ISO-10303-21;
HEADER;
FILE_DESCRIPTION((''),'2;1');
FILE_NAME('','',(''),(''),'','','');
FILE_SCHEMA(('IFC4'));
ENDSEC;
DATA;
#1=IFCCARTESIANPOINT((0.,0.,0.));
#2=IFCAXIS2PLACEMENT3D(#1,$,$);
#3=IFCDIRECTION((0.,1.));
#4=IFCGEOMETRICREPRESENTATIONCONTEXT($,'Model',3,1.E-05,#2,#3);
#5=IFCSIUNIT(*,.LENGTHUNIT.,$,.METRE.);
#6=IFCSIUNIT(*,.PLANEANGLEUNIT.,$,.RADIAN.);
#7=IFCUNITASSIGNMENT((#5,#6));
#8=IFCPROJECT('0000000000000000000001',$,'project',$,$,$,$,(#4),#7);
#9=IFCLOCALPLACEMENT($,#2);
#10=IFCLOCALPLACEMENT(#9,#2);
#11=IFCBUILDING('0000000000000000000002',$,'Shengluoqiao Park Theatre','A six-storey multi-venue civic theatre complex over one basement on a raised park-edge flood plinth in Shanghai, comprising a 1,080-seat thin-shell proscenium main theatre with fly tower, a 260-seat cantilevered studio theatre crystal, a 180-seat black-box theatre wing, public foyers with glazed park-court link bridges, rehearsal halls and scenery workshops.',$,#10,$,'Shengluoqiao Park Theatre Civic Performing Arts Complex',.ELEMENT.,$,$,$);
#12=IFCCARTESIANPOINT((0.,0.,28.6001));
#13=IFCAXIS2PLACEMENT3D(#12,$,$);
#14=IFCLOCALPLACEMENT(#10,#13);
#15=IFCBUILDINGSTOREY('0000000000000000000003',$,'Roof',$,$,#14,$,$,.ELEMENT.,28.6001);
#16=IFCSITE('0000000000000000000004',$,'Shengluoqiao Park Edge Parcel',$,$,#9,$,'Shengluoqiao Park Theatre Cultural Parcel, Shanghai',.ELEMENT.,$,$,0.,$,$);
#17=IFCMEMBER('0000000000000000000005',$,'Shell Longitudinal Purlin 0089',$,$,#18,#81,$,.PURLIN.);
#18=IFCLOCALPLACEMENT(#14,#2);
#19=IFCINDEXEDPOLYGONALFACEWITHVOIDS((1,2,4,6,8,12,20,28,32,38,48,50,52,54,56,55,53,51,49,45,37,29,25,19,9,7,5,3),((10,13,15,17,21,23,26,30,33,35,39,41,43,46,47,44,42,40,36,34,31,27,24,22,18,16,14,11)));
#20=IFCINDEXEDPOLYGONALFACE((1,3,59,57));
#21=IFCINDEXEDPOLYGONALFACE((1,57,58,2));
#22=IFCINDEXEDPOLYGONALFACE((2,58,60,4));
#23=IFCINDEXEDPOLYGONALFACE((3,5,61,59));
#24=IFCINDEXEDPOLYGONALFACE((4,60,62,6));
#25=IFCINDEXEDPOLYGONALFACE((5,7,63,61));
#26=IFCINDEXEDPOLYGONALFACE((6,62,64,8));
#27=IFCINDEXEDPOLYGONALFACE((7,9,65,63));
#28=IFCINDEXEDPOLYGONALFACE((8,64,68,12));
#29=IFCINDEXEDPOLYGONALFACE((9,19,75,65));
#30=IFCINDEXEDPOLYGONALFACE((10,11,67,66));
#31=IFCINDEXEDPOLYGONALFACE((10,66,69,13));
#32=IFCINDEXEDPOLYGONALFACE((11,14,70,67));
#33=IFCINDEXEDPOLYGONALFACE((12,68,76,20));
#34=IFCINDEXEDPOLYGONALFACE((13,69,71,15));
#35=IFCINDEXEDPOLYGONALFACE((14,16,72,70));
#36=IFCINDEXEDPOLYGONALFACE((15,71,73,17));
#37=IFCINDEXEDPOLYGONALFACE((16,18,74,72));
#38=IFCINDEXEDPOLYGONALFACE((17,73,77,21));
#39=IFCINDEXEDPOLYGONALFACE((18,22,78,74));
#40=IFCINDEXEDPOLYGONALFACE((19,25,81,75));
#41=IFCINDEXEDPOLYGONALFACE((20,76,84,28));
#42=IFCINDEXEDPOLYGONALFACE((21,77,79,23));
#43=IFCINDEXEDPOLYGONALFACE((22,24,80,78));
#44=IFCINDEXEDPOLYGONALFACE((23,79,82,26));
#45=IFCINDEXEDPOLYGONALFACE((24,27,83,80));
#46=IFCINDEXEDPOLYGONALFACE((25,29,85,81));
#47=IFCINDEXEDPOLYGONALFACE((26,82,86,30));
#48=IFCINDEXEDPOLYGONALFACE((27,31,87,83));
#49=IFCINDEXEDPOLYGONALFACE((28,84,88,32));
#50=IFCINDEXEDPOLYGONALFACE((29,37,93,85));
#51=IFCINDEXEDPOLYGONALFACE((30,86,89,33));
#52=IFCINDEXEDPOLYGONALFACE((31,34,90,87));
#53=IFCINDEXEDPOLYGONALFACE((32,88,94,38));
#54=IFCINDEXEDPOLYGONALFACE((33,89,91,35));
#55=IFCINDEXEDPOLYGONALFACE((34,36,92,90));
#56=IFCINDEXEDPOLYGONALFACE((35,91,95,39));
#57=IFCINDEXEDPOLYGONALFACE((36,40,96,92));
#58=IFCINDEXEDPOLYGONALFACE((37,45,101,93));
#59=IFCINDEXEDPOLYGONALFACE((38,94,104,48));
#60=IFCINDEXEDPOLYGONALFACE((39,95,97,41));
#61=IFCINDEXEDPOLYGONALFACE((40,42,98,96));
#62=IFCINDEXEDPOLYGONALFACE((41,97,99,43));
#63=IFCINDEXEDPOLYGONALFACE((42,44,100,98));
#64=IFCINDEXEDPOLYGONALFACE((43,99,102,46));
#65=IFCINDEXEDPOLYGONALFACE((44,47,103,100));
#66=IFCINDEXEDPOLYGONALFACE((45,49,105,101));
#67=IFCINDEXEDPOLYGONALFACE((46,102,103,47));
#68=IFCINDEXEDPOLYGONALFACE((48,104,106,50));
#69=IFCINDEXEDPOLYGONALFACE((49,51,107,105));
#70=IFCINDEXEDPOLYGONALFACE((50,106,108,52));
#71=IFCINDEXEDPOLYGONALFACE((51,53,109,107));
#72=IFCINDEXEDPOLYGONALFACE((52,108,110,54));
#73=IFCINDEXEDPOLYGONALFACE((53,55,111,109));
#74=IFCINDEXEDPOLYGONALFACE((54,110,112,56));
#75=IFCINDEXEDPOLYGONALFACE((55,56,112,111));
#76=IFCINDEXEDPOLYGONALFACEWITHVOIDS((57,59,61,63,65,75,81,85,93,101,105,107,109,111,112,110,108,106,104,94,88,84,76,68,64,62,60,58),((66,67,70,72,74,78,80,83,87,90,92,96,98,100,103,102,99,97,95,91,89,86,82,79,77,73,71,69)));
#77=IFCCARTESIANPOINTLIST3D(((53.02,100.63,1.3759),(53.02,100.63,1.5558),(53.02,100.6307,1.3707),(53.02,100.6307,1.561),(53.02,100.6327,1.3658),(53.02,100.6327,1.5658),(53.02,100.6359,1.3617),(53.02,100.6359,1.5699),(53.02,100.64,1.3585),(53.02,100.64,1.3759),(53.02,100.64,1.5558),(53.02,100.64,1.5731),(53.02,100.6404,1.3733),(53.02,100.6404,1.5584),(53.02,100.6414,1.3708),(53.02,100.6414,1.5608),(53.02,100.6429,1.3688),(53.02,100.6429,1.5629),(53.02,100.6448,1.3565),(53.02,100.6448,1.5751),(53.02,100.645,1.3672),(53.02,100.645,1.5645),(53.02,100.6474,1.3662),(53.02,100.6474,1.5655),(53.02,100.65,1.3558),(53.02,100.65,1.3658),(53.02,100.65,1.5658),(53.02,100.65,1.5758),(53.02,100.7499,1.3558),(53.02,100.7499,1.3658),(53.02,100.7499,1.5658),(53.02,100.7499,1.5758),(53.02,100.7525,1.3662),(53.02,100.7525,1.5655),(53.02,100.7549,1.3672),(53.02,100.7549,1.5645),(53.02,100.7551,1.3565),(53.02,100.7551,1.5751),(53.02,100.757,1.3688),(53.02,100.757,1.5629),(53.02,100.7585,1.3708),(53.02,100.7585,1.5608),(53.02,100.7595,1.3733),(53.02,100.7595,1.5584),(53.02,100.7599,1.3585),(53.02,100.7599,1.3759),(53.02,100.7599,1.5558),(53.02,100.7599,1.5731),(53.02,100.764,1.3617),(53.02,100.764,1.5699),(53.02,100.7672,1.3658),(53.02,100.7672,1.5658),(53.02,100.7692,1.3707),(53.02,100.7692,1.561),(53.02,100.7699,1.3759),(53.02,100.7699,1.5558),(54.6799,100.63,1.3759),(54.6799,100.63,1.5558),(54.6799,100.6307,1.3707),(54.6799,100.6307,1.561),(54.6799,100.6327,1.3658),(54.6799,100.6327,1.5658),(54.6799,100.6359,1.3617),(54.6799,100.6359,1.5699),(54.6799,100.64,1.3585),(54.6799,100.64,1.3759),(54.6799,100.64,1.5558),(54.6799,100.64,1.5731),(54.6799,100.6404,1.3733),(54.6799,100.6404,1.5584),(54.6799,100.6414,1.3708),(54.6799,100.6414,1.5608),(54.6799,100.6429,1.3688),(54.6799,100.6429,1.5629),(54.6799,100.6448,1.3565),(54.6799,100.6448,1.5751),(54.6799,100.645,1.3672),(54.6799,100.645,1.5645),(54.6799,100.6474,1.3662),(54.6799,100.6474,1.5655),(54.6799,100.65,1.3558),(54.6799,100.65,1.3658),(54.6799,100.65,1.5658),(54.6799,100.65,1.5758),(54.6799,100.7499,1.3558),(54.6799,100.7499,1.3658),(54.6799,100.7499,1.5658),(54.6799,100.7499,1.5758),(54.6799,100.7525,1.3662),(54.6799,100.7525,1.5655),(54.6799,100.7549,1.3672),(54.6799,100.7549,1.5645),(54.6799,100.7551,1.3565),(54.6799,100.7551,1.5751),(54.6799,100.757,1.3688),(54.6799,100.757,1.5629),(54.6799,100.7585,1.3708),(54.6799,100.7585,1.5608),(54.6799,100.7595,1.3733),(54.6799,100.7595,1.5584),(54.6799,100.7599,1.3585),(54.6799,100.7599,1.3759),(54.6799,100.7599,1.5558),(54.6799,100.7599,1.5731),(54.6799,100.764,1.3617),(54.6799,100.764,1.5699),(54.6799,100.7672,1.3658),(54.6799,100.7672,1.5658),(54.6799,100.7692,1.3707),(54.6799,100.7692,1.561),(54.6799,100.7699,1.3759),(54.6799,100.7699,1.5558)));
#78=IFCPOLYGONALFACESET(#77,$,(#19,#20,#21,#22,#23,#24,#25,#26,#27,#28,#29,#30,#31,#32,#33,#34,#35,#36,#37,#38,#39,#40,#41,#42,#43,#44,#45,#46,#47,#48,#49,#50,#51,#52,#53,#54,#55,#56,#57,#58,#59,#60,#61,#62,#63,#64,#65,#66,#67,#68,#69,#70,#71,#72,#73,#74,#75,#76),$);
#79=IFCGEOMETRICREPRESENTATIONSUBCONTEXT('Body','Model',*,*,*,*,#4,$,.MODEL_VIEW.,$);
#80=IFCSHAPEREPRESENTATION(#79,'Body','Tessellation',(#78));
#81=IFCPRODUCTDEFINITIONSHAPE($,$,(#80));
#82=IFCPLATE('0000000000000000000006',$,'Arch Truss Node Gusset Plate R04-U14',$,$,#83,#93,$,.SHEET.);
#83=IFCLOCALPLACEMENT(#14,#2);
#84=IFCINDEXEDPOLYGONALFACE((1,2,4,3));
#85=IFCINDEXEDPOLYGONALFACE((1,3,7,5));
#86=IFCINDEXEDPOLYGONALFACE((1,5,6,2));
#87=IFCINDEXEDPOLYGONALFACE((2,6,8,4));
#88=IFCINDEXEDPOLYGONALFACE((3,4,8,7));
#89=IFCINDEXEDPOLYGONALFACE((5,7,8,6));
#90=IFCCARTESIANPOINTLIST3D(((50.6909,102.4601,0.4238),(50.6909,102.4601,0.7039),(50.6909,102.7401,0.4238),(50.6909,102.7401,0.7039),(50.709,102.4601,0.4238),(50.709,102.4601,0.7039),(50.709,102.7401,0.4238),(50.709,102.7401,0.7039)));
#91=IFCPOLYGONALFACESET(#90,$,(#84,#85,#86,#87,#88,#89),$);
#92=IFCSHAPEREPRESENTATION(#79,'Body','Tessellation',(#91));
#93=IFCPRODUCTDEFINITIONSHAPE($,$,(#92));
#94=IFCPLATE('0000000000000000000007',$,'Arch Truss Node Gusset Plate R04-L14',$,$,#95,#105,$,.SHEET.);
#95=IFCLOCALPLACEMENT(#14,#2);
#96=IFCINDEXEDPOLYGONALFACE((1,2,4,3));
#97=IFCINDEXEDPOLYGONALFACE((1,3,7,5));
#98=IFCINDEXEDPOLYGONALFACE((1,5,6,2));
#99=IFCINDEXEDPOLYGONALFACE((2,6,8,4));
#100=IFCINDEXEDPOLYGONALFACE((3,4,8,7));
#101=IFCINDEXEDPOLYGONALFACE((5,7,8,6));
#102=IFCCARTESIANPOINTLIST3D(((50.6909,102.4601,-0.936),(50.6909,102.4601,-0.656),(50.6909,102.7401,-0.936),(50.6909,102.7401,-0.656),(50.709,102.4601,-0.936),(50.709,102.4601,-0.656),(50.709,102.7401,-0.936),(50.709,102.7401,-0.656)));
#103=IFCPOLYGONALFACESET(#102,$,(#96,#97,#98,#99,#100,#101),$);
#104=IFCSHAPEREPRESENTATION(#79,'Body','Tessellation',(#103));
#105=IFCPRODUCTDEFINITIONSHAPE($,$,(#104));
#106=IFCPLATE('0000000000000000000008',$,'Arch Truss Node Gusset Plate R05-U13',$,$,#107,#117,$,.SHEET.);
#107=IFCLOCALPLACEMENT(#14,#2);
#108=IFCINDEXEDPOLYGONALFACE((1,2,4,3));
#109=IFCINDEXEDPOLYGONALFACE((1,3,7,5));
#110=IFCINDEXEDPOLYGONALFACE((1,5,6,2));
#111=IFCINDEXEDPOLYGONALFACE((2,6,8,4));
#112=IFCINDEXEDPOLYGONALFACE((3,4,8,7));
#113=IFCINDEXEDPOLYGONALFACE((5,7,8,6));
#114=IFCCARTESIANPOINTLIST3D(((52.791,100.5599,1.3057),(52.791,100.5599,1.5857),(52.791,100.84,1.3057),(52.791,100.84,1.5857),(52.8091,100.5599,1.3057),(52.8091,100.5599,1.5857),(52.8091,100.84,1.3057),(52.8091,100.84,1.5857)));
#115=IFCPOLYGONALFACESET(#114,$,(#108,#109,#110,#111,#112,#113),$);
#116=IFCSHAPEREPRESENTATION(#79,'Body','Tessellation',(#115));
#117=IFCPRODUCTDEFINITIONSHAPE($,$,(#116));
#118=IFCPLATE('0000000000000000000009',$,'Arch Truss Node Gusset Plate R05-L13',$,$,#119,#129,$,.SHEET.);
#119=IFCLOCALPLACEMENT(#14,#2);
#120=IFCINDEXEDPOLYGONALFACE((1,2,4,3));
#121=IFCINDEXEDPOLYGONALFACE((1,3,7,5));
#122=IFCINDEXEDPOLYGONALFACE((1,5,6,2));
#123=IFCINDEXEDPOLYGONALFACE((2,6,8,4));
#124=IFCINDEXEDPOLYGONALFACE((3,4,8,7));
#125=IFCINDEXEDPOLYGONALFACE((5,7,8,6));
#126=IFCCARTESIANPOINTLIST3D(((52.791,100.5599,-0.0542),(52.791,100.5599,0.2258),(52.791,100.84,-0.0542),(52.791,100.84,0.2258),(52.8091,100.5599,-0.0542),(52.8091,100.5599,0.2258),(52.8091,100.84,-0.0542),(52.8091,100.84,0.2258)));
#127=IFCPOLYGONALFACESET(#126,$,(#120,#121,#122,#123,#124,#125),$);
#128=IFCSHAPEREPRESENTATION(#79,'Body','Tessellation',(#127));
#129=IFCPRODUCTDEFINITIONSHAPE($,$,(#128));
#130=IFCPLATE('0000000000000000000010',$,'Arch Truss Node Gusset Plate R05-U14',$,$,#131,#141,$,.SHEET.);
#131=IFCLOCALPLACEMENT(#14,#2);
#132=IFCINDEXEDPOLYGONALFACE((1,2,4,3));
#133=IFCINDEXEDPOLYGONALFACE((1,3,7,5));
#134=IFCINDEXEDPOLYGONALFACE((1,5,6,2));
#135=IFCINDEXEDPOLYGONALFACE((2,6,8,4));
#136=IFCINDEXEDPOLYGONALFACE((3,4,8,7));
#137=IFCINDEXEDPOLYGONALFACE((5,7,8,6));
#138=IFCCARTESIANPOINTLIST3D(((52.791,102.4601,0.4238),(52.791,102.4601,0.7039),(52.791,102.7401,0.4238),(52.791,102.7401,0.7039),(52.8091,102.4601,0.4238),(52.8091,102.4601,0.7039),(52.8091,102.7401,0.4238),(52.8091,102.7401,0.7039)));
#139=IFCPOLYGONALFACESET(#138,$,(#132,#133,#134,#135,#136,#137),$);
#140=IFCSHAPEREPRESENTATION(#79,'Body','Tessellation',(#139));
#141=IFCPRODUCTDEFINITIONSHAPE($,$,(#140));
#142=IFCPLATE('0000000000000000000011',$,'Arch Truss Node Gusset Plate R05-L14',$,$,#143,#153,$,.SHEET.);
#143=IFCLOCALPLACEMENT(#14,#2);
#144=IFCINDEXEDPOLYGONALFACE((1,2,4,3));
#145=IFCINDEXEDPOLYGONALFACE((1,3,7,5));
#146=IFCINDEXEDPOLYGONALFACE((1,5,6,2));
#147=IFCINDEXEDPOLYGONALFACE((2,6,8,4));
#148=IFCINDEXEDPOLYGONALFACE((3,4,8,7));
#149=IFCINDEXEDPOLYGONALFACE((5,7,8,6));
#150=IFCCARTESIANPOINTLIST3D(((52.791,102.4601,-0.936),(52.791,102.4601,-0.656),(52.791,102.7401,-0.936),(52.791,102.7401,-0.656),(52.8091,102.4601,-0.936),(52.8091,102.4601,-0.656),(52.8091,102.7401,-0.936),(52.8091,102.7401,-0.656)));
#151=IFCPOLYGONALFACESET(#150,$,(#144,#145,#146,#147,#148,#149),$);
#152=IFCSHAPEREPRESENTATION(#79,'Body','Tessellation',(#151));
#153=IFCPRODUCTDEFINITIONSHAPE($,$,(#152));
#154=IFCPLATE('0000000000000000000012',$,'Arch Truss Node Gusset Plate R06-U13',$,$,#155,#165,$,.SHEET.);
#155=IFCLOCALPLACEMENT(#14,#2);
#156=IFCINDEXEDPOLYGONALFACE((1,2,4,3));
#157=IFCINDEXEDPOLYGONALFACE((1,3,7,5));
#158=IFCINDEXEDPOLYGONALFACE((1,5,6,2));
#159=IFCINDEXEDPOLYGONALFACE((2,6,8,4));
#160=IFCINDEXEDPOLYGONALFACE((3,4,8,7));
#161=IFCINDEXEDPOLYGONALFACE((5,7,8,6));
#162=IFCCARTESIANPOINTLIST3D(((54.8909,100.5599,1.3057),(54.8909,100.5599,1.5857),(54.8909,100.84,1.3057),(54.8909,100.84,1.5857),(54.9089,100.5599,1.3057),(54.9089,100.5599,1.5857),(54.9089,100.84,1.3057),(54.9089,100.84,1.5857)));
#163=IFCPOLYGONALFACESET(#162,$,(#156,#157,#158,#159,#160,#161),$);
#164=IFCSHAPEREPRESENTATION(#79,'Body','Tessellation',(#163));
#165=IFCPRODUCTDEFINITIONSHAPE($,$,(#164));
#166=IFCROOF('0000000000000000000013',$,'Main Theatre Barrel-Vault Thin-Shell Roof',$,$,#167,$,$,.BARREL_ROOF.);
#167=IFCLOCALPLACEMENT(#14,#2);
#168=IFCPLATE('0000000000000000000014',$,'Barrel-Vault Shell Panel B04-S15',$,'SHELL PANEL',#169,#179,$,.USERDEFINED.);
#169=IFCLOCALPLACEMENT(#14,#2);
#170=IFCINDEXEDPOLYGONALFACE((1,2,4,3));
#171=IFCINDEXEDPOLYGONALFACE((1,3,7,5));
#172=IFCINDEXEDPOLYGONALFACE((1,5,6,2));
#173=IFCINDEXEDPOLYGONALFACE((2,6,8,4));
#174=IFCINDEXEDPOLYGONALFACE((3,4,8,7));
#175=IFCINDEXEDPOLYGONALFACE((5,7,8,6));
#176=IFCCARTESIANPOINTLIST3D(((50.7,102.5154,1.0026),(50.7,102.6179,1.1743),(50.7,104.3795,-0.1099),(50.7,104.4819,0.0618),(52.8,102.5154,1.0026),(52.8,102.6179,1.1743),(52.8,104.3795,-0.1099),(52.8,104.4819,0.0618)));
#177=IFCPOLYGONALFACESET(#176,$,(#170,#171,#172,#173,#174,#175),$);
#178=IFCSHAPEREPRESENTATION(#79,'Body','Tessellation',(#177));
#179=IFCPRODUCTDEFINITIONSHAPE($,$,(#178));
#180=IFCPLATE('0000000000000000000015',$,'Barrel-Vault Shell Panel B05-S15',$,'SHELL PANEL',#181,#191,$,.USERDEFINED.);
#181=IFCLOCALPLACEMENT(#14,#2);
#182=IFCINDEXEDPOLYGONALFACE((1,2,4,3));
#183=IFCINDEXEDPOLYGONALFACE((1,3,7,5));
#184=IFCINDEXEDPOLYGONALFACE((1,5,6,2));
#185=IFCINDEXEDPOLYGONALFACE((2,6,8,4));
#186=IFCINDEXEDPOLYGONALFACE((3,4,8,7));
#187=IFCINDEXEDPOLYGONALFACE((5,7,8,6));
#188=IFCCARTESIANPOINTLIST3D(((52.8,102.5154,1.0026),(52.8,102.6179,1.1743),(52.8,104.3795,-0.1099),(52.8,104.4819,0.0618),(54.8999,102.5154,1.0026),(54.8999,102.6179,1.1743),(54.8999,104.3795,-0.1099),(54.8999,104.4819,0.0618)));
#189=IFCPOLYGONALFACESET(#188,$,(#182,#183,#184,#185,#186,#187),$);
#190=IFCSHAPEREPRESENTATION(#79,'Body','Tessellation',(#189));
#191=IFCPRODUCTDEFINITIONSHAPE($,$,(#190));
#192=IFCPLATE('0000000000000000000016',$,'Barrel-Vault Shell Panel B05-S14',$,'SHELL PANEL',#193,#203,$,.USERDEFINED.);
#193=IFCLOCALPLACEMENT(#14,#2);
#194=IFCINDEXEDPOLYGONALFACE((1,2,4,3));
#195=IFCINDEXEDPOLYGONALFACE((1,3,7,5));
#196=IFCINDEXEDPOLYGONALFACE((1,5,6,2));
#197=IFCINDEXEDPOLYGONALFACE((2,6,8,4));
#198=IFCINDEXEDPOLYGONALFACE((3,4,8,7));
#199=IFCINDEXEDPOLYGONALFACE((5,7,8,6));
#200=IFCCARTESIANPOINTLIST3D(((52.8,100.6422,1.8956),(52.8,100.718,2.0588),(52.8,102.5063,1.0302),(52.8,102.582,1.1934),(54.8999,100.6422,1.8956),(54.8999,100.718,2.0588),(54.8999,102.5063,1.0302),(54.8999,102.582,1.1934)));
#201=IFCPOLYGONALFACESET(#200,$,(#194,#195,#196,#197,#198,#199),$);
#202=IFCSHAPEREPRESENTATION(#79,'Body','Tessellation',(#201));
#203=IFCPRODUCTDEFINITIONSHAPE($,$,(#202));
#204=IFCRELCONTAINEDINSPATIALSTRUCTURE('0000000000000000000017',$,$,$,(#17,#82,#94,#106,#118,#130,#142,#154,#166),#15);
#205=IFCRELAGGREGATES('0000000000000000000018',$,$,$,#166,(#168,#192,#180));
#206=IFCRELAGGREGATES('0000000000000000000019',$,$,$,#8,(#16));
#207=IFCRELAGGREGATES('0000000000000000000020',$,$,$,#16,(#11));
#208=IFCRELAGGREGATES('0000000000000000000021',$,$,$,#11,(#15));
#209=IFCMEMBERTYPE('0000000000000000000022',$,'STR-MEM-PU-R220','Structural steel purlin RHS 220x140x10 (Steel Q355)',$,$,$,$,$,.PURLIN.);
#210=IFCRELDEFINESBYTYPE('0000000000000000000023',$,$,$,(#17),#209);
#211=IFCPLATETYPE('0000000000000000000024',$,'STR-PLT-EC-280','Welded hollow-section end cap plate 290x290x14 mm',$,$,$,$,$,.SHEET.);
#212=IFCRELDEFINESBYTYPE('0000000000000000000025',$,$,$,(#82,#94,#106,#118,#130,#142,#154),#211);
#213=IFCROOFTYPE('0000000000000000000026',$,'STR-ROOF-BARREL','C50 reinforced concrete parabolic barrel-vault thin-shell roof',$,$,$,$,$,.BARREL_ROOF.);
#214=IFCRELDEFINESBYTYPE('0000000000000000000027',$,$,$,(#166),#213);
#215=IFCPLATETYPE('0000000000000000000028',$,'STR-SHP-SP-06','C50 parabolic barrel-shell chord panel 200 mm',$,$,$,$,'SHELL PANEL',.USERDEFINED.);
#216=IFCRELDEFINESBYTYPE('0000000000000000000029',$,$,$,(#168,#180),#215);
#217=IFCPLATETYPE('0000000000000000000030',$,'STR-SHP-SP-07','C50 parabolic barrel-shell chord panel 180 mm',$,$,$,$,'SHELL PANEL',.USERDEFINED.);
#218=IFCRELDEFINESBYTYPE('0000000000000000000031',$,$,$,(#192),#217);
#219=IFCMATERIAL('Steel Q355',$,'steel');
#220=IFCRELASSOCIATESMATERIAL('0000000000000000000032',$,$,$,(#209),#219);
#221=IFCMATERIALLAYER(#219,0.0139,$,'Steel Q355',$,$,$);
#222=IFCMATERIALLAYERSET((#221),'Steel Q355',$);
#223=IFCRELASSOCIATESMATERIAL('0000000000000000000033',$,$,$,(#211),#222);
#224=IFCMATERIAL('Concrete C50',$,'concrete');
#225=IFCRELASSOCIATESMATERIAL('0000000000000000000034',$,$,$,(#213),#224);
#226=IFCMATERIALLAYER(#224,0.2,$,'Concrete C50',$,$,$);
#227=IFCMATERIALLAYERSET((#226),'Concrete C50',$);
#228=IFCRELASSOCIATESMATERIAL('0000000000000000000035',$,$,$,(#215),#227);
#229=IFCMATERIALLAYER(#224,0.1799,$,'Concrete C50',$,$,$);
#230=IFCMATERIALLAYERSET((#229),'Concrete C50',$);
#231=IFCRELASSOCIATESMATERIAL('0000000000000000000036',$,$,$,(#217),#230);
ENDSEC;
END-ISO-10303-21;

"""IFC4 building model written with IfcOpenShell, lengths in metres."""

from ifc_helpers import new_model, si_unit, direction, frame, origin, origin_2d, place, context, subcontext, project, spatial, polyline, rectangle, hollow_rectangle, outline, extrude, material, layer, layer_set, material_profile, profile_set, type_object, element, aggregate, save


model = new_model("IFC4")

# Units and contexts
model_context = context("Model", 3, precision=1e-05, world=origin(), true_north=direction((0.0, 1.0)))
body_context = subcontext(model_context, "Body", "Model", "MODEL_VIEW")
ifc_project = project(units=[si_unit("LENGTHUNIT", "METRE"), si_unit("PLANEANGLEUNIT", "RADIAN")], contexts=[model_context])

# Site, building, storey
site_placement = place(None, origin())
site = spatial("IfcSite", under=ifc_project, at=site_placement, Name="Shengluoqiao Park Edge Parcel", LongName="Shengluoqiao Park Theatre Cultural Parcel, Shanghai", CompositionType="ELEMENT", RefElevation=0.0)
building_placement = place(site_placement, origin())
building = spatial("IfcBuilding", under=site, at=building_placement, Name="Shengluoqiao Park Theatre", Description="A six-storey multi-venue civic theatre complex over one basement on a raised park-edge flood plinth in Shanghai, comprising a 1,080-seat thin-shell proscenium main theatre with fly tower, a 260-seat cantilevered studio theatre crystal, a 180-seat black-box theatre wing, public foyers with glazed park-court link bridges, rehearsal halls and scenery workshops.", LongName="Shengluoqiao Park Theatre Civic Performing Arts Complex", CompositionType="ELEMENT")
storey_placement = place(building_placement, frame((0.0, 0.0, 28.6001)))
storey = spatial("IfcBuildingStorey", under=building, at=storey_placement, Name="Roof", CompositionType="ELEMENT", Elevation=28.6001)

# Shared definitions
ifc_material_1 = material(Name="Concrete C50", Category="concrete")
ifc_material_2 = material(Name="Steel Q355", Category="steel")

# Member
ifc_material_profile_1 = material_profile(ifc_material_2, hollow_rectangle(XDim=0.1399, YDim=0.22, WallThickness=0.01, InnerFilletRadius=0.01, OuterFilletRadius=0.02, at=origin_2d()), Name="RHS 220x140x10")
ifc_profile_set_1 = profile_set([ifc_material_profile_1], Name="Steel Q355")
member_type_1 = type_object("IfcMemberType", Name="STR-MEM-PU-R220", Description="Structural steel purlin RHS 220x140x10 (Steel Q355)", PredefinedType="PURLIN", material=ifc_profile_set_1)
member_1_placement = place(storey_placement, frame((53.02, 100.7, 1.4658), z_axis=(1.0, 0.0, 0.0), x_axis=(0.0, 1.0, 0.0)))
element("IfcMember", 1, at=member_1_placement, inside=storey, type_object=member_type_1, Name="Shell Longitudinal Purlin 0089", PredefinedType="PURLIN", context=body_context, shape_type="SweptSolid", body=[
    extrude(hollow_rectangle(XDim=0.1399, YDim=0.22, WallThickness=0.01, InnerFilletRadius=0.01, OuterFilletRadius=0.02, at=origin_2d()), origin(), (0.0, 0.0, 1.0), 1.6599),
])

# Plates
ifc_layer_1 = layer(ifc_material_2, 0.0139, Name="Steel Q355")
ifc_layer_set_1 = layer_set([ifc_layer_1], Name="Steel Q355")
plate_type_1 = type_object("IfcPlateType", Name="STR-PLT-EC-280", Description="Welded hollow-section end cap plate 290x290x14 mm", PredefinedType="SHEET", material=ifc_layer_set_1)
for number, where, z_axis, x_axis, name in (
    (2, (50.7, 102.6001, 0.4238), (0.0, 0.0, 1.0), (1.0, 0.0, 0.0), "Arch Truss Node Gusset Plate R04-U14"),
    (3, (50.7, 102.6001, -0.936), (0.0, 0.0, 1.0), (1.0, 0.0, 0.0), "Arch Truss Node Gusset Plate R04-L14"),
    (4, (52.8, 100.7, 1.3057), (0.0, 0.0, 1.0), (1.0, 0.0, 0.0), "Arch Truss Node Gusset Plate R05-U13"),
    (5, (52.8, 100.7, -0.0542), (0.0, 0.0, 1.0), (1.0, 0.0, 0.0), "Arch Truss Node Gusset Plate R05-L13"),
    (6, (52.8, 102.6001, 0.4238), (0.0, 0.0, 1.0), (1.0, 0.0, 0.0), "Arch Truss Node Gusset Plate R05-U14"),
    (7, (52.8, 102.6001, -0.936), (0.0, 0.0, 1.0), (1.0, 0.0, 0.0), "Arch Truss Node Gusset Plate R05-L14"),
    (8, (54.8999, 100.7, 1.3057), (0.0, 0.0, 1.0), (1.0, 0.0, 0.0), "Arch Truss Node Gusset Plate R06-U13"),
):
    element("IfcPlate", number, at=place(storey_placement, frame(where, z_axis=z_axis, x_axis=x_axis)), inside=storey, type_object=plate_type_1, Name=name, PredefinedType="SHEET", context=body_context, shape_type="SweptSolid", body=[
        extrude(rectangle(XDim=0.0181, YDim=0.28, at=origin_2d()), origin(), (0.0, 0.0, 1.0), 0.28),
    ])

# Roof, plates
roof_type = type_object("IfcRoofType", Name="STR-ROOF-BARREL", Description="C50 reinforced concrete parabolic barrel-vault thin-shell roof", PredefinedType="BARREL_ROOF", material=ifc_material_1)
roof_placement = place(storey_placement, origin())
roof = element("IfcRoof", 9, at=roof_placement, inside=storey, type_object=roof_type, Name="Main Theatre Barrel-Vault Thin-Shell Roof", PredefinedType="BARREL_ROOF")
ifc_layer_2 = layer(ifc_material_1, 0.2, Name="Concrete C50")
ifc_layer_set_2 = layer_set([ifc_layer_2], Name="Concrete C50")
plate_type_2 = type_object("IfcPlateType", Name="STR-SHP-SP-06", Description="C50 parabolic barrel-shell chord panel 200 mm", ElementType="SHELL PANEL", PredefinedType="USERDEFINED", material=ifc_layer_set_2)
plate_1_placement = place(storey_placement, frame((50.7, 102.6179, 1.1743), z_axis=(0.0, 0.51251, 0.858681), x_axis=(1.0, 0.0, 0.0)))
plate_1 = element("IfcPlate", 10, at=plate_1_placement, type_object=plate_type_2, Name="Barrel-Vault Shell Panel B04-S15", ObjectType="SHELL PANEL", PredefinedType="USERDEFINED", context=body_context, shape_type="SweptSolid", body=[
    extrude(outline(polyline([(0.0, 0.0), (2.1001, 0.0), (2.1001, 2.1708), (0.0, 2.1708), (0.0, 0.0)])), origin(), (0.0, 0.0, -1.0), 0.2),
])
plate_2_placement = place(storey_placement, frame((52.8, 102.6179, 1.1743), z_axis=(0.0, 0.51251, 0.858681), x_axis=(1.0, 0.0, 0.0)))
plate_2 = element("IfcPlate", 11, at=plate_2_placement, type_object=plate_type_2, Name="Barrel-Vault Shell Panel B05-S15", ObjectType="SHELL PANEL", PredefinedType="USERDEFINED", context=body_context, shape_type="SweptSolid", body=[
    extrude(outline(polyline([(0.0, 0.0), (2.0999, 0.0), (2.0999, 2.1708), (0.0, 2.1708), (0.0, 0.0)])), origin(), (0.0, 0.0, -1.0), 0.2),
])
ifc_layer_3 = layer(ifc_material_1, 0.1799, Name="Concrete C50")
ifc_layer_set_3 = layer_set([ifc_layer_3], Name="Concrete C50")
plate_type_3 = type_object("IfcPlateType", Name="STR-SHP-SP-07", Description="C50 parabolic barrel-shell chord panel 180 mm", ElementType="SHELL PANEL", PredefinedType="USERDEFINED", material=ifc_layer_set_3)
plate_3_placement = place(storey_placement, frame((52.8, 100.718, 2.0588), z_axis=(0.0, 0.421129, 0.907001), x_axis=(1.0, 0.0, 0.0)))
plate_3 = element("IfcPlate", 12, at=plate_3_placement, type_object=plate_type_3, Name="Barrel-Vault Shell Panel B05-S14", ObjectType="SHELL PANEL", PredefinedType="USERDEFINED", context=body_context, shape_type="SweptSolid", body=[
    extrude(outline(polyline([(0.0, 0.0), (2.0999, 0.0), (2.0999, 2.0551), (0.0, 2.0551), (0.0, 0.0)])), origin(), (0.0, 0.0, -1.0), 0.1799),
])
aggregate(roof, [plate_1, plate_3, plate_2])

save(model, "model.ifc")
